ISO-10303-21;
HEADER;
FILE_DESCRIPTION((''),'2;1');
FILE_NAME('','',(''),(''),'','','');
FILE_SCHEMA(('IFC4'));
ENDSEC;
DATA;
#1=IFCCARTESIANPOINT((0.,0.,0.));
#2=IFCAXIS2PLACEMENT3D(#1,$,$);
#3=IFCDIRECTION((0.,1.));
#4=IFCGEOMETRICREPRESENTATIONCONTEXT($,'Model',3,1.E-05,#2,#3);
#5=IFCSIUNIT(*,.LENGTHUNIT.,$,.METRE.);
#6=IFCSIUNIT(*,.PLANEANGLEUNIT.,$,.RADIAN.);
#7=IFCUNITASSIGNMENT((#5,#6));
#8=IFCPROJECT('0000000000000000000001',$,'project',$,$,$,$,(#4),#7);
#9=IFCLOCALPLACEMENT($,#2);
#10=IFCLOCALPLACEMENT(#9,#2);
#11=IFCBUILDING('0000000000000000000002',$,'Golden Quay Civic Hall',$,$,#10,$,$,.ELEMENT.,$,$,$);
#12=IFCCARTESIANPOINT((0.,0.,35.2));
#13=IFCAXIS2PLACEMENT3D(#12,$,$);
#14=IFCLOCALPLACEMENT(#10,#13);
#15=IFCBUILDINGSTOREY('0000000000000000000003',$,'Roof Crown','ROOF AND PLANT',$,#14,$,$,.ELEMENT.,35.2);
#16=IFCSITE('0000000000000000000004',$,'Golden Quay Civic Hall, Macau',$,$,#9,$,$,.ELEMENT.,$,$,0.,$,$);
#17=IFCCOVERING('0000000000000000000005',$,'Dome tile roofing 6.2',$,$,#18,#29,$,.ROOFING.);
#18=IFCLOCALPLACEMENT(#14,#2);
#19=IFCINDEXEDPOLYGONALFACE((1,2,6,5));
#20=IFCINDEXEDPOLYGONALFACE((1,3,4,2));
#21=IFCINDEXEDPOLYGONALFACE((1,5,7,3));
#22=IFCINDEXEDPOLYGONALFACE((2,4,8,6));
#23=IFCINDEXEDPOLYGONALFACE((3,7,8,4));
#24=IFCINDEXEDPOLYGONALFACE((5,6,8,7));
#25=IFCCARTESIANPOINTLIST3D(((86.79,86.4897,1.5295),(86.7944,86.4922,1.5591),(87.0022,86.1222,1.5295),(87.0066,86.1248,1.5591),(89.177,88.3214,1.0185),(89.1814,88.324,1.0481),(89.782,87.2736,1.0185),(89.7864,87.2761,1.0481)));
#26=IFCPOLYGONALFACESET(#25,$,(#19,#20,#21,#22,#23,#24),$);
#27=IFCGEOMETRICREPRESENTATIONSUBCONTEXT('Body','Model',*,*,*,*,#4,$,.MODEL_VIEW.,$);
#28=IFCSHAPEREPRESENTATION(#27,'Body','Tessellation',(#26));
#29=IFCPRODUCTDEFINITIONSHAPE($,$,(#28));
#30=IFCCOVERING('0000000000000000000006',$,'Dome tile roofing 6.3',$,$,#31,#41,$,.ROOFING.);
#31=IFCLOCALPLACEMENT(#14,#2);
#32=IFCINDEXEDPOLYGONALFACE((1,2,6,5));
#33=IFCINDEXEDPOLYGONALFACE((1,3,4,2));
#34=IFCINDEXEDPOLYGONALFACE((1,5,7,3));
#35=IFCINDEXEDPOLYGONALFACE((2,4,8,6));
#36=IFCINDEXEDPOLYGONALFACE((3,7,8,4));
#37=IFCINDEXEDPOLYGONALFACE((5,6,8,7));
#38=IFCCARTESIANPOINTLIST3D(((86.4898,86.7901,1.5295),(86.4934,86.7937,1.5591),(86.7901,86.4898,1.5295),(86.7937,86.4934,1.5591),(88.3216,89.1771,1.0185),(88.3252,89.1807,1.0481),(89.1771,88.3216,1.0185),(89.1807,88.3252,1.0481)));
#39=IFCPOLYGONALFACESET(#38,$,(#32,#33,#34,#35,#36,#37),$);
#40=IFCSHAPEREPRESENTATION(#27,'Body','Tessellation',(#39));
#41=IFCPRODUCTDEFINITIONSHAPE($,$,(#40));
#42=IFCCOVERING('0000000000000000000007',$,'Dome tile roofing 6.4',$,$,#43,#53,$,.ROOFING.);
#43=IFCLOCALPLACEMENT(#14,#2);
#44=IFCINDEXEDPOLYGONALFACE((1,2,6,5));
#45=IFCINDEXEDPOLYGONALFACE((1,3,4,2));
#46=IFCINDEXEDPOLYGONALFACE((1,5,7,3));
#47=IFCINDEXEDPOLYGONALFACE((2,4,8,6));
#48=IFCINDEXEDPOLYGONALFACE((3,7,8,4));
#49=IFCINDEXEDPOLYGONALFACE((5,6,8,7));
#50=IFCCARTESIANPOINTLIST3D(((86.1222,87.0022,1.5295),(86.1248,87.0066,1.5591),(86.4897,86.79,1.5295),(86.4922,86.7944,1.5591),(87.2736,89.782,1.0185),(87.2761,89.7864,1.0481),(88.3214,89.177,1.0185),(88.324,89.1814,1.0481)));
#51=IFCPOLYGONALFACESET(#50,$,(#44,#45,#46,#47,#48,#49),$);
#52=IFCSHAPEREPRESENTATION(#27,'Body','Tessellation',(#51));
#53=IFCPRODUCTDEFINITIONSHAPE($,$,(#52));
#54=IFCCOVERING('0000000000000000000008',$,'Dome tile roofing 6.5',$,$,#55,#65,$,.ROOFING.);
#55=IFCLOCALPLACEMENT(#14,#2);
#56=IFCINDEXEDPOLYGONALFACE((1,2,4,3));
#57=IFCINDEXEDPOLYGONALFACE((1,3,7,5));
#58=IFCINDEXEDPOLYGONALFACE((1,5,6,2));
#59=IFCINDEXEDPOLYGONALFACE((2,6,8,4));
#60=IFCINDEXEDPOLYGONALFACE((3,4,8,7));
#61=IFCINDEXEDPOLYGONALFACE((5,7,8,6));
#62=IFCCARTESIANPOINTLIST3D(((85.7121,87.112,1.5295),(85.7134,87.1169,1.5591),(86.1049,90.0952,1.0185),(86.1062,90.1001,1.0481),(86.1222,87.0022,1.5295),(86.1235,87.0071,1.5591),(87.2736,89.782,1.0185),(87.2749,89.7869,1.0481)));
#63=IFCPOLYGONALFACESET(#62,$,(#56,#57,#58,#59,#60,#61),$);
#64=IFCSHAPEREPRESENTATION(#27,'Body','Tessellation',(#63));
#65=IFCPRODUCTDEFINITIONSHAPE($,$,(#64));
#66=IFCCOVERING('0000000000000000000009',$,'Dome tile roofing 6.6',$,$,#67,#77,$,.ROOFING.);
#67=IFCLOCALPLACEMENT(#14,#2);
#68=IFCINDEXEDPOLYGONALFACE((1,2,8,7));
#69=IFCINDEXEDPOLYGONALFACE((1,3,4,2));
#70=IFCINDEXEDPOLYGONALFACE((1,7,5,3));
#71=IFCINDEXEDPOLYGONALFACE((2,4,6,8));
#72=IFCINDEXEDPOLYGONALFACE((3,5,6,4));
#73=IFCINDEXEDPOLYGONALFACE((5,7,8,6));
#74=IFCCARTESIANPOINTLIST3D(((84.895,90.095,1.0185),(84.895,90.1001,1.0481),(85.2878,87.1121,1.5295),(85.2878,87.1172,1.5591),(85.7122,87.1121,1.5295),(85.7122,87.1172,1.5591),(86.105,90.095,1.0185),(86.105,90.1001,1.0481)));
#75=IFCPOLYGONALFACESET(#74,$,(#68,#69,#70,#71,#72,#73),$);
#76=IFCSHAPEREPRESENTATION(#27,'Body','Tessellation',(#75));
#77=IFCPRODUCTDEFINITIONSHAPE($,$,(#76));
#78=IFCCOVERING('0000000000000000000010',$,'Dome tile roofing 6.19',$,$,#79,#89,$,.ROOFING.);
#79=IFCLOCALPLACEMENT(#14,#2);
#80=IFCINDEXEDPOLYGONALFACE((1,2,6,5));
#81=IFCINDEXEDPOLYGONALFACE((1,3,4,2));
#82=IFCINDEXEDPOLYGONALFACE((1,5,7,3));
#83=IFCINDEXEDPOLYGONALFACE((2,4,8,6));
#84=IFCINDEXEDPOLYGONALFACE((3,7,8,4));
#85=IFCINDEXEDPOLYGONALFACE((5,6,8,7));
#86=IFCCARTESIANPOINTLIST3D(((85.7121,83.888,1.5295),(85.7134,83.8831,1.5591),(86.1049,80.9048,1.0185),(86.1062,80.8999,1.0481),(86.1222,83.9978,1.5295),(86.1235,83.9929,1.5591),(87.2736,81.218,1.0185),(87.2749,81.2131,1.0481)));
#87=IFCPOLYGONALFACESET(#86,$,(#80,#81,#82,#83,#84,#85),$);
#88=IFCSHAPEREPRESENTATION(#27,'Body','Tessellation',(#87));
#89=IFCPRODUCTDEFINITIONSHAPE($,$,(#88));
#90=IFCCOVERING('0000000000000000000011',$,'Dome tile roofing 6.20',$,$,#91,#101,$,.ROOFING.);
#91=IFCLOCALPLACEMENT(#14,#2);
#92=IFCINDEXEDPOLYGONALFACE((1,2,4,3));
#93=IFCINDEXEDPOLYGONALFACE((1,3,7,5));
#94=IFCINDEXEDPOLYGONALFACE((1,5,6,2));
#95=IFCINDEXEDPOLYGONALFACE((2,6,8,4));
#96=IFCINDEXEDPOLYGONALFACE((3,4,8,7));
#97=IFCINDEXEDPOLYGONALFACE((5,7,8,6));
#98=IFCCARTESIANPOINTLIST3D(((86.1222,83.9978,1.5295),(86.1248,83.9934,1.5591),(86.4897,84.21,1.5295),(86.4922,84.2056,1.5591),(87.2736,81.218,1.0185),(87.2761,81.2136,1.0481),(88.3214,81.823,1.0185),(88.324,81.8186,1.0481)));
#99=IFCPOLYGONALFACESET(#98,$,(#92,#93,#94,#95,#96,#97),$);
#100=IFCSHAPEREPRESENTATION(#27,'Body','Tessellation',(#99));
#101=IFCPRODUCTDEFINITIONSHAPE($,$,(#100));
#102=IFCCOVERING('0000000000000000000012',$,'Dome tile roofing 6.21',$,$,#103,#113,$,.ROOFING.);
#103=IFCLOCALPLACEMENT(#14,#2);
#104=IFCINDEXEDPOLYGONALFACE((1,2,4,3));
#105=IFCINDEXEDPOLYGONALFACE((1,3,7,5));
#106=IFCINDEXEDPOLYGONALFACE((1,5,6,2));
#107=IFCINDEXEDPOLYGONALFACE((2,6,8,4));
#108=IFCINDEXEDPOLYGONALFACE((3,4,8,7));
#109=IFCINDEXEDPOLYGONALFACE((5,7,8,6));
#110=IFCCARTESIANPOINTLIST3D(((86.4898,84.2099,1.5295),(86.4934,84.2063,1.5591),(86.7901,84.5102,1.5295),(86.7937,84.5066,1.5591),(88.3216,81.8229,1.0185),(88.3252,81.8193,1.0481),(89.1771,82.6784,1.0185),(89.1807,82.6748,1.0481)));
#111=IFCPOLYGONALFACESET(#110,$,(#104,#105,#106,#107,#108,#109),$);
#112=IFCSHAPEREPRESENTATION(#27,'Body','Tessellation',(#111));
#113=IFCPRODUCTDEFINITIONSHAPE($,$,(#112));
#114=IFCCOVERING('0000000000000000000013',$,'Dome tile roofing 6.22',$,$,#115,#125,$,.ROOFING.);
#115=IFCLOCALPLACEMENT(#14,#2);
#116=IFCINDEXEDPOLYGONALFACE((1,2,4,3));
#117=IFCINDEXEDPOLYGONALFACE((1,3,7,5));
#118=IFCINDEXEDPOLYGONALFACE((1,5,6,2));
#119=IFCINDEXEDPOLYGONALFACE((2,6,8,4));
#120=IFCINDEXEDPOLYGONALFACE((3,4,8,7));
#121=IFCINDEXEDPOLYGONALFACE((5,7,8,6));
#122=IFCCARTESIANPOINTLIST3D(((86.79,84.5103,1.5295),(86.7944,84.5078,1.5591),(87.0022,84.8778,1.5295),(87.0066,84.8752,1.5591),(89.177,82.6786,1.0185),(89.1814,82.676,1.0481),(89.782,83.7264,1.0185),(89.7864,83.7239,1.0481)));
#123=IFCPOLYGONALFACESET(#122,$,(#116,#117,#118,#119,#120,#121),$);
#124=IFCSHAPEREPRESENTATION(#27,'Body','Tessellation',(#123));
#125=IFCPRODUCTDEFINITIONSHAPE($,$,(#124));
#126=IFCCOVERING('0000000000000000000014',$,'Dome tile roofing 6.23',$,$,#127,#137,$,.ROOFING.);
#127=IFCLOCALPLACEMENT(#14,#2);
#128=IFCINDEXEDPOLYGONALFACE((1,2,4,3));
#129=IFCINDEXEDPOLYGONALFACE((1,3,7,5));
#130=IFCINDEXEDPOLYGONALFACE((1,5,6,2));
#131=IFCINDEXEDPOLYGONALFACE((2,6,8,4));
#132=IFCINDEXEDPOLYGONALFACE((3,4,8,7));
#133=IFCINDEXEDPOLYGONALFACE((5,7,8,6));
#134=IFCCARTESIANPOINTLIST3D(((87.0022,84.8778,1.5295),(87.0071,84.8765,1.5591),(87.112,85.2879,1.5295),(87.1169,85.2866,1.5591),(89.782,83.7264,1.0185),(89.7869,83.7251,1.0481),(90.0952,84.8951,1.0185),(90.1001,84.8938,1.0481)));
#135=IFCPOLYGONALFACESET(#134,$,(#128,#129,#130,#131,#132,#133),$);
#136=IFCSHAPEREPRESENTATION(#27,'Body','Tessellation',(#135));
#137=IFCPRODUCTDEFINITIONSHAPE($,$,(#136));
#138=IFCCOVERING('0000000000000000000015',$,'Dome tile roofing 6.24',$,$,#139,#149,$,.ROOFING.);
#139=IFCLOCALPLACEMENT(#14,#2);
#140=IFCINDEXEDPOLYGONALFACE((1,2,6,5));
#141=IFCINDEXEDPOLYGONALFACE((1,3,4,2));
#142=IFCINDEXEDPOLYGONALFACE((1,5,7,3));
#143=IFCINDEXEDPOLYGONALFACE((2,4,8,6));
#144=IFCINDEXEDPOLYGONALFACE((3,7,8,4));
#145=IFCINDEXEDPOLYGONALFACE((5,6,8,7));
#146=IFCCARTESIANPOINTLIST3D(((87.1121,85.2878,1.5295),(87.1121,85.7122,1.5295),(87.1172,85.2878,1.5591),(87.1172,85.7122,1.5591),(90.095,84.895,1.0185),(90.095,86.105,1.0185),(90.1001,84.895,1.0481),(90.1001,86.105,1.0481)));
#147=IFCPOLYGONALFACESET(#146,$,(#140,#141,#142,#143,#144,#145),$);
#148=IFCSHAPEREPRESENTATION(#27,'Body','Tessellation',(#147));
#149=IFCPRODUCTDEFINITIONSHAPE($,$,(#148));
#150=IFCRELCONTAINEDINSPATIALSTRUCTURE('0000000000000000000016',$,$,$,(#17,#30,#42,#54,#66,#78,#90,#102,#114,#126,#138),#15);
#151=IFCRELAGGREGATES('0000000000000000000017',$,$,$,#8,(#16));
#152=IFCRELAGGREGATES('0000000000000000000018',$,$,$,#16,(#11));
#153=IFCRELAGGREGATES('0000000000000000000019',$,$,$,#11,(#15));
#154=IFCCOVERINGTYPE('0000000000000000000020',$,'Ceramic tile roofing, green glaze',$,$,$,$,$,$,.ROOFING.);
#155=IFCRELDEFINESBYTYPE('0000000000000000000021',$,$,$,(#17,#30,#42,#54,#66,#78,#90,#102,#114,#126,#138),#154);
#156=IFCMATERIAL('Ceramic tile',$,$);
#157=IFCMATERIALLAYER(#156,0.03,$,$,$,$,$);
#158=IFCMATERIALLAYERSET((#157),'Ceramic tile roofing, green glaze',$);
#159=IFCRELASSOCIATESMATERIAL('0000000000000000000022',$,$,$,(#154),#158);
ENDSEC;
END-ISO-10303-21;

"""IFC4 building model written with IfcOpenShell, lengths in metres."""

from ifc_helpers import new_model, si_unit, direction, frame, origin, place, context, subcontext, project, spatial, polyline, outline, extrude, material, layer, layer_set, type_object, element, save


model = new_model("IFC4")

# Units and contexts
model_context = context("Model", 3, precision=1e-05, world=origin(), true_north=direction((0.0, 1.0)))
body_context = subcontext(model_context, "Body", "Model", "MODEL_VIEW")
ifc_project = project(units=[si_unit("LENGTHUNIT", "METRE"), si_unit("PLANEANGLEUNIT", "RADIAN")], contexts=[model_context])

# Site, building, storey
site_placement = place(None, origin())
site = spatial("IfcSite", under=ifc_project, at=site_placement, Name="Golden Quay Civic Hall, Macau", CompositionType="ELEMENT", RefElevation=0.0)
building_placement = place(site_placement, origin())
building = spatial("IfcBuilding", under=site, at=building_placement, Name="Golden Quay Civic Hall", CompositionType="ELEMENT")
storey_placement = place(building_placement, frame((0.0, 0.0, 35.2)))
storey = spatial("IfcBuildingStorey", under=building, at=storey_placement, Name="Roof Crown", Description="ROOF AND PLANT", CompositionType="ELEMENT", Elevation=35.2)

# Coverings
ifc_material_1 = material(Name="Ceramic tile")
ifc_layer_1 = layer(ifc_material_1, 0.03)
ifc_layer_set_1 = layer_set([ifc_layer_1], Name="Ceramic tile roofing, green glaze")
covering_type = type_object("IfcCoveringType", Name="Ceramic tile roofing, green glaze", PredefinedType="ROOFING", material=ifc_layer_set_1)
covering_1_placement = place(storey_placement, frame((89.7864, 87.2761, 1.0481), z_axis=(0.146216, 0.08442, 0.985644), x_axis=(-0.500002, 0.866024, -0.000002)))
element("IfcCovering", 1, at=covering_1_placement, inside=storey, type_object=covering_type, Name="Dome tile roofing 6.2", PredefinedType="ROOFING", context=body_context, shape_type="SweptSolid", body=[
    extrude(outline(polyline([(0.0, 0.0), (1.21, 0.0), (0.8171, 3.0265), (0.3928, 3.0265), (0.0, 0.0)])), origin(), (0.0, 0.0, -1.0), 0.03),
])
covering_2_placement = place(storey_placement, frame((89.1807, 88.3252, 1.0481), z_axis=(0.119384, 0.119384, 0.985644), x_axis=(-0.707107, 0.707107, 0.0)))
element("IfcCovering", 2, at=covering_2_placement, inside=storey, type_object=covering_type, Name="Dome tile roofing 6.3", PredefinedType="ROOFING", context=body_context, shape_type="SweptSolid", body=[
    extrude(outline(polyline([(0.0, 0.0), (1.2098, 0.0), (0.8172, 3.0266), (0.3926, 3.0266), (0.0, 0.0)])), origin(), (0.0, 0.0, -1.0), 0.03),
])
covering_3_placement = place(storey_placement, frame((88.324, 89.1814, 1.0481), z_axis=(0.08442, 0.146216, 0.985644), x_axis=(-0.866024, 0.500002, 0.000002)))
element("IfcCovering", 3, at=covering_3_placement, inside=storey, type_object=covering_type, Name="Dome tile roofing 6.4", PredefinedType="ROOFING", context=body_context, shape_type="SweptSolid", body=[
    extrude(outline(polyline([(0.0, 0.0), (1.21, 0.0), (0.8172, 3.0265), (0.3929, 3.0265), (0.0, 0.0)])), origin(), (0.0, 0.0, -1.0), 0.03),
])
covering_4_placement = place(storey_placement, frame((87.2749, 89.7869, 1.0481), z_axis=(0.043701, 0.16308, 0.985645), x_axis=(-0.96591, 0.25888, -0.000006)))
element("IfcCovering", 4, at=covering_4_placement, inside=storey, type_object=covering_type, Name="Dome tile roofing 6.5", PredefinedType="ROOFING", context=body_context, shape_type="SweptSolid", body=[
    extrude(outline(polyline([(0.0, 0.0), (1.2099, 0.0), (0.8171, 3.0266), (0.3925, 3.0265), (0.0, 0.0)])), origin(), (0.0, 0.0, -1.0), 0.03),
])
covering_5_placement = place(storey_placement, frame((86.105, 90.1001, 1.0481), z_axis=(0.0, 0.168845, 0.985643), x_axis=(-1.0, 0.0, 0.0)))
element("IfcCovering", 5, at=covering_5_placement, inside=storey, type_object=covering_type, Name="Dome tile roofing 6.6", PredefinedType="ROOFING", context=body_context, shape_type="SweptSolid", body=[
    extrude(outline(polyline([(0.0, 0.0), (1.21, 0.0), (0.8171, 3.0264), (0.3928, 3.0264), (0.0, 0.0)])), origin(), (0.0, 0.0, -1.0), 0.03),
])
covering_6_placement = place(storey_placement, frame((86.1062, 80.8999, 1.0481), z_axis=(0.043701, -0.16308, 0.985645), x_axis=(0.96591, 0.25888, 0.000006)))
element("IfcCovering", 6, at=covering_6_placement, inside=storey, type_object=covering_type, Name="Dome tile roofing 6.19", PredefinedType="ROOFING", context=body_context, shape_type="SweptSolid", body=[
    extrude(outline(polyline([(0.0, 0.0), (1.2099, 0.0), (0.8175, 3.0265), (0.3929, 3.0266), (0.0, 0.0)])), origin(), (0.0, 0.0, -1.0), 0.03),
])
covering_7_placement = place(storey_placement, frame((87.2761, 81.2136, 1.0481), z_axis=(0.08442, -0.146216, 0.985644), x_axis=(0.866024, 0.500002, -0.000002)))
element("IfcCovering", 7, at=covering_7_placement, inside=storey, type_object=covering_type, Name="Dome tile roofing 6.20", PredefinedType="ROOFING", context=body_context, shape_type="SweptSolid", body=[
    extrude(outline(polyline([(0.0, 0.0), (1.21, 0.0), (0.8171, 3.0265), (0.3928, 3.0265), (0.0, 0.0)])), origin(), (0.0, 0.0, -1.0), 0.03),
])
covering_8_placement = place(storey_placement, frame((88.3252, 81.8193, 1.0481), z_axis=(0.119384, -0.119384, 0.985644), x_axis=(0.707107, 0.707107, 0.0)))
element("IfcCovering", 8, at=covering_8_placement, inside=storey, type_object=covering_type, Name="Dome tile roofing 6.21", PredefinedType="ROOFING", context=body_context, shape_type="SweptSolid", body=[
    extrude(outline(polyline([(0.0, 0.0), (1.2098, 0.0), (0.8172, 3.0266), (0.3926, 3.0266), (0.0, 0.0)])), origin(), (0.0, 0.0, -1.0), 0.03),
])
covering_9_placement = place(storey_placement, frame((89.1814, 82.676, 1.0481), z_axis=(0.146216, -0.08442, 0.985644), x_axis=(0.500002, 0.866024, 0.000002)))
element("IfcCovering", 9, at=covering_9_placement, inside=storey, type_object=covering_type, Name="Dome tile roofing 6.22", PredefinedType="ROOFING", context=body_context, shape_type="SweptSolid", body=[
    extrude(outline(polyline([(0.0, 0.0), (1.21, 0.0), (0.8172, 3.0265), (0.3929, 3.0265), (0.0, 0.0)])), origin(), (0.0, 0.0, -1.0), 0.03),
])
covering_10_placement = place(storey_placement, frame((89.7869, 83.7251, 1.0481), z_axis=(0.16308, -0.043701, 0.985645), x_axis=(0.25888, 0.96591, -0.000006)))
element("IfcCovering", 10, at=covering_10_placement, inside=storey, type_object=covering_type, Name="Dome tile roofing 6.23", PredefinedType="ROOFING", context=body_context, shape_type="SweptSolid", body=[
    extrude(outline(polyline([(0.0, 0.0), (1.2099, 0.0), (0.8171, 3.0266), (0.3925, 3.0265), (0.0, 0.0)])), origin(), (0.0, 0.0, -1.0), 0.03),
])
covering_11_placement = place(storey_placement, frame((90.1001, 84.895, 1.0481), z_axis=(0.168845, 0.0, 0.985643), x_axis=(0.0, 1.0, 0.0)))
element("IfcCovering", 11, at=covering_11_placement, inside=storey, type_object=covering_type, Name="Dome tile roofing 6.24", PredefinedType="ROOFING", context=body_context, shape_type="SweptSolid", body=[
    extrude(outline(polyline([(0.0, 0.0), (1.21, 0.0), (0.8171, 3.0264), (0.3928, 3.0264), (0.0, 0.0)])), origin(), (0.0, 0.0, -1.0), 0.03),
])

save(model, "model.ifc")
